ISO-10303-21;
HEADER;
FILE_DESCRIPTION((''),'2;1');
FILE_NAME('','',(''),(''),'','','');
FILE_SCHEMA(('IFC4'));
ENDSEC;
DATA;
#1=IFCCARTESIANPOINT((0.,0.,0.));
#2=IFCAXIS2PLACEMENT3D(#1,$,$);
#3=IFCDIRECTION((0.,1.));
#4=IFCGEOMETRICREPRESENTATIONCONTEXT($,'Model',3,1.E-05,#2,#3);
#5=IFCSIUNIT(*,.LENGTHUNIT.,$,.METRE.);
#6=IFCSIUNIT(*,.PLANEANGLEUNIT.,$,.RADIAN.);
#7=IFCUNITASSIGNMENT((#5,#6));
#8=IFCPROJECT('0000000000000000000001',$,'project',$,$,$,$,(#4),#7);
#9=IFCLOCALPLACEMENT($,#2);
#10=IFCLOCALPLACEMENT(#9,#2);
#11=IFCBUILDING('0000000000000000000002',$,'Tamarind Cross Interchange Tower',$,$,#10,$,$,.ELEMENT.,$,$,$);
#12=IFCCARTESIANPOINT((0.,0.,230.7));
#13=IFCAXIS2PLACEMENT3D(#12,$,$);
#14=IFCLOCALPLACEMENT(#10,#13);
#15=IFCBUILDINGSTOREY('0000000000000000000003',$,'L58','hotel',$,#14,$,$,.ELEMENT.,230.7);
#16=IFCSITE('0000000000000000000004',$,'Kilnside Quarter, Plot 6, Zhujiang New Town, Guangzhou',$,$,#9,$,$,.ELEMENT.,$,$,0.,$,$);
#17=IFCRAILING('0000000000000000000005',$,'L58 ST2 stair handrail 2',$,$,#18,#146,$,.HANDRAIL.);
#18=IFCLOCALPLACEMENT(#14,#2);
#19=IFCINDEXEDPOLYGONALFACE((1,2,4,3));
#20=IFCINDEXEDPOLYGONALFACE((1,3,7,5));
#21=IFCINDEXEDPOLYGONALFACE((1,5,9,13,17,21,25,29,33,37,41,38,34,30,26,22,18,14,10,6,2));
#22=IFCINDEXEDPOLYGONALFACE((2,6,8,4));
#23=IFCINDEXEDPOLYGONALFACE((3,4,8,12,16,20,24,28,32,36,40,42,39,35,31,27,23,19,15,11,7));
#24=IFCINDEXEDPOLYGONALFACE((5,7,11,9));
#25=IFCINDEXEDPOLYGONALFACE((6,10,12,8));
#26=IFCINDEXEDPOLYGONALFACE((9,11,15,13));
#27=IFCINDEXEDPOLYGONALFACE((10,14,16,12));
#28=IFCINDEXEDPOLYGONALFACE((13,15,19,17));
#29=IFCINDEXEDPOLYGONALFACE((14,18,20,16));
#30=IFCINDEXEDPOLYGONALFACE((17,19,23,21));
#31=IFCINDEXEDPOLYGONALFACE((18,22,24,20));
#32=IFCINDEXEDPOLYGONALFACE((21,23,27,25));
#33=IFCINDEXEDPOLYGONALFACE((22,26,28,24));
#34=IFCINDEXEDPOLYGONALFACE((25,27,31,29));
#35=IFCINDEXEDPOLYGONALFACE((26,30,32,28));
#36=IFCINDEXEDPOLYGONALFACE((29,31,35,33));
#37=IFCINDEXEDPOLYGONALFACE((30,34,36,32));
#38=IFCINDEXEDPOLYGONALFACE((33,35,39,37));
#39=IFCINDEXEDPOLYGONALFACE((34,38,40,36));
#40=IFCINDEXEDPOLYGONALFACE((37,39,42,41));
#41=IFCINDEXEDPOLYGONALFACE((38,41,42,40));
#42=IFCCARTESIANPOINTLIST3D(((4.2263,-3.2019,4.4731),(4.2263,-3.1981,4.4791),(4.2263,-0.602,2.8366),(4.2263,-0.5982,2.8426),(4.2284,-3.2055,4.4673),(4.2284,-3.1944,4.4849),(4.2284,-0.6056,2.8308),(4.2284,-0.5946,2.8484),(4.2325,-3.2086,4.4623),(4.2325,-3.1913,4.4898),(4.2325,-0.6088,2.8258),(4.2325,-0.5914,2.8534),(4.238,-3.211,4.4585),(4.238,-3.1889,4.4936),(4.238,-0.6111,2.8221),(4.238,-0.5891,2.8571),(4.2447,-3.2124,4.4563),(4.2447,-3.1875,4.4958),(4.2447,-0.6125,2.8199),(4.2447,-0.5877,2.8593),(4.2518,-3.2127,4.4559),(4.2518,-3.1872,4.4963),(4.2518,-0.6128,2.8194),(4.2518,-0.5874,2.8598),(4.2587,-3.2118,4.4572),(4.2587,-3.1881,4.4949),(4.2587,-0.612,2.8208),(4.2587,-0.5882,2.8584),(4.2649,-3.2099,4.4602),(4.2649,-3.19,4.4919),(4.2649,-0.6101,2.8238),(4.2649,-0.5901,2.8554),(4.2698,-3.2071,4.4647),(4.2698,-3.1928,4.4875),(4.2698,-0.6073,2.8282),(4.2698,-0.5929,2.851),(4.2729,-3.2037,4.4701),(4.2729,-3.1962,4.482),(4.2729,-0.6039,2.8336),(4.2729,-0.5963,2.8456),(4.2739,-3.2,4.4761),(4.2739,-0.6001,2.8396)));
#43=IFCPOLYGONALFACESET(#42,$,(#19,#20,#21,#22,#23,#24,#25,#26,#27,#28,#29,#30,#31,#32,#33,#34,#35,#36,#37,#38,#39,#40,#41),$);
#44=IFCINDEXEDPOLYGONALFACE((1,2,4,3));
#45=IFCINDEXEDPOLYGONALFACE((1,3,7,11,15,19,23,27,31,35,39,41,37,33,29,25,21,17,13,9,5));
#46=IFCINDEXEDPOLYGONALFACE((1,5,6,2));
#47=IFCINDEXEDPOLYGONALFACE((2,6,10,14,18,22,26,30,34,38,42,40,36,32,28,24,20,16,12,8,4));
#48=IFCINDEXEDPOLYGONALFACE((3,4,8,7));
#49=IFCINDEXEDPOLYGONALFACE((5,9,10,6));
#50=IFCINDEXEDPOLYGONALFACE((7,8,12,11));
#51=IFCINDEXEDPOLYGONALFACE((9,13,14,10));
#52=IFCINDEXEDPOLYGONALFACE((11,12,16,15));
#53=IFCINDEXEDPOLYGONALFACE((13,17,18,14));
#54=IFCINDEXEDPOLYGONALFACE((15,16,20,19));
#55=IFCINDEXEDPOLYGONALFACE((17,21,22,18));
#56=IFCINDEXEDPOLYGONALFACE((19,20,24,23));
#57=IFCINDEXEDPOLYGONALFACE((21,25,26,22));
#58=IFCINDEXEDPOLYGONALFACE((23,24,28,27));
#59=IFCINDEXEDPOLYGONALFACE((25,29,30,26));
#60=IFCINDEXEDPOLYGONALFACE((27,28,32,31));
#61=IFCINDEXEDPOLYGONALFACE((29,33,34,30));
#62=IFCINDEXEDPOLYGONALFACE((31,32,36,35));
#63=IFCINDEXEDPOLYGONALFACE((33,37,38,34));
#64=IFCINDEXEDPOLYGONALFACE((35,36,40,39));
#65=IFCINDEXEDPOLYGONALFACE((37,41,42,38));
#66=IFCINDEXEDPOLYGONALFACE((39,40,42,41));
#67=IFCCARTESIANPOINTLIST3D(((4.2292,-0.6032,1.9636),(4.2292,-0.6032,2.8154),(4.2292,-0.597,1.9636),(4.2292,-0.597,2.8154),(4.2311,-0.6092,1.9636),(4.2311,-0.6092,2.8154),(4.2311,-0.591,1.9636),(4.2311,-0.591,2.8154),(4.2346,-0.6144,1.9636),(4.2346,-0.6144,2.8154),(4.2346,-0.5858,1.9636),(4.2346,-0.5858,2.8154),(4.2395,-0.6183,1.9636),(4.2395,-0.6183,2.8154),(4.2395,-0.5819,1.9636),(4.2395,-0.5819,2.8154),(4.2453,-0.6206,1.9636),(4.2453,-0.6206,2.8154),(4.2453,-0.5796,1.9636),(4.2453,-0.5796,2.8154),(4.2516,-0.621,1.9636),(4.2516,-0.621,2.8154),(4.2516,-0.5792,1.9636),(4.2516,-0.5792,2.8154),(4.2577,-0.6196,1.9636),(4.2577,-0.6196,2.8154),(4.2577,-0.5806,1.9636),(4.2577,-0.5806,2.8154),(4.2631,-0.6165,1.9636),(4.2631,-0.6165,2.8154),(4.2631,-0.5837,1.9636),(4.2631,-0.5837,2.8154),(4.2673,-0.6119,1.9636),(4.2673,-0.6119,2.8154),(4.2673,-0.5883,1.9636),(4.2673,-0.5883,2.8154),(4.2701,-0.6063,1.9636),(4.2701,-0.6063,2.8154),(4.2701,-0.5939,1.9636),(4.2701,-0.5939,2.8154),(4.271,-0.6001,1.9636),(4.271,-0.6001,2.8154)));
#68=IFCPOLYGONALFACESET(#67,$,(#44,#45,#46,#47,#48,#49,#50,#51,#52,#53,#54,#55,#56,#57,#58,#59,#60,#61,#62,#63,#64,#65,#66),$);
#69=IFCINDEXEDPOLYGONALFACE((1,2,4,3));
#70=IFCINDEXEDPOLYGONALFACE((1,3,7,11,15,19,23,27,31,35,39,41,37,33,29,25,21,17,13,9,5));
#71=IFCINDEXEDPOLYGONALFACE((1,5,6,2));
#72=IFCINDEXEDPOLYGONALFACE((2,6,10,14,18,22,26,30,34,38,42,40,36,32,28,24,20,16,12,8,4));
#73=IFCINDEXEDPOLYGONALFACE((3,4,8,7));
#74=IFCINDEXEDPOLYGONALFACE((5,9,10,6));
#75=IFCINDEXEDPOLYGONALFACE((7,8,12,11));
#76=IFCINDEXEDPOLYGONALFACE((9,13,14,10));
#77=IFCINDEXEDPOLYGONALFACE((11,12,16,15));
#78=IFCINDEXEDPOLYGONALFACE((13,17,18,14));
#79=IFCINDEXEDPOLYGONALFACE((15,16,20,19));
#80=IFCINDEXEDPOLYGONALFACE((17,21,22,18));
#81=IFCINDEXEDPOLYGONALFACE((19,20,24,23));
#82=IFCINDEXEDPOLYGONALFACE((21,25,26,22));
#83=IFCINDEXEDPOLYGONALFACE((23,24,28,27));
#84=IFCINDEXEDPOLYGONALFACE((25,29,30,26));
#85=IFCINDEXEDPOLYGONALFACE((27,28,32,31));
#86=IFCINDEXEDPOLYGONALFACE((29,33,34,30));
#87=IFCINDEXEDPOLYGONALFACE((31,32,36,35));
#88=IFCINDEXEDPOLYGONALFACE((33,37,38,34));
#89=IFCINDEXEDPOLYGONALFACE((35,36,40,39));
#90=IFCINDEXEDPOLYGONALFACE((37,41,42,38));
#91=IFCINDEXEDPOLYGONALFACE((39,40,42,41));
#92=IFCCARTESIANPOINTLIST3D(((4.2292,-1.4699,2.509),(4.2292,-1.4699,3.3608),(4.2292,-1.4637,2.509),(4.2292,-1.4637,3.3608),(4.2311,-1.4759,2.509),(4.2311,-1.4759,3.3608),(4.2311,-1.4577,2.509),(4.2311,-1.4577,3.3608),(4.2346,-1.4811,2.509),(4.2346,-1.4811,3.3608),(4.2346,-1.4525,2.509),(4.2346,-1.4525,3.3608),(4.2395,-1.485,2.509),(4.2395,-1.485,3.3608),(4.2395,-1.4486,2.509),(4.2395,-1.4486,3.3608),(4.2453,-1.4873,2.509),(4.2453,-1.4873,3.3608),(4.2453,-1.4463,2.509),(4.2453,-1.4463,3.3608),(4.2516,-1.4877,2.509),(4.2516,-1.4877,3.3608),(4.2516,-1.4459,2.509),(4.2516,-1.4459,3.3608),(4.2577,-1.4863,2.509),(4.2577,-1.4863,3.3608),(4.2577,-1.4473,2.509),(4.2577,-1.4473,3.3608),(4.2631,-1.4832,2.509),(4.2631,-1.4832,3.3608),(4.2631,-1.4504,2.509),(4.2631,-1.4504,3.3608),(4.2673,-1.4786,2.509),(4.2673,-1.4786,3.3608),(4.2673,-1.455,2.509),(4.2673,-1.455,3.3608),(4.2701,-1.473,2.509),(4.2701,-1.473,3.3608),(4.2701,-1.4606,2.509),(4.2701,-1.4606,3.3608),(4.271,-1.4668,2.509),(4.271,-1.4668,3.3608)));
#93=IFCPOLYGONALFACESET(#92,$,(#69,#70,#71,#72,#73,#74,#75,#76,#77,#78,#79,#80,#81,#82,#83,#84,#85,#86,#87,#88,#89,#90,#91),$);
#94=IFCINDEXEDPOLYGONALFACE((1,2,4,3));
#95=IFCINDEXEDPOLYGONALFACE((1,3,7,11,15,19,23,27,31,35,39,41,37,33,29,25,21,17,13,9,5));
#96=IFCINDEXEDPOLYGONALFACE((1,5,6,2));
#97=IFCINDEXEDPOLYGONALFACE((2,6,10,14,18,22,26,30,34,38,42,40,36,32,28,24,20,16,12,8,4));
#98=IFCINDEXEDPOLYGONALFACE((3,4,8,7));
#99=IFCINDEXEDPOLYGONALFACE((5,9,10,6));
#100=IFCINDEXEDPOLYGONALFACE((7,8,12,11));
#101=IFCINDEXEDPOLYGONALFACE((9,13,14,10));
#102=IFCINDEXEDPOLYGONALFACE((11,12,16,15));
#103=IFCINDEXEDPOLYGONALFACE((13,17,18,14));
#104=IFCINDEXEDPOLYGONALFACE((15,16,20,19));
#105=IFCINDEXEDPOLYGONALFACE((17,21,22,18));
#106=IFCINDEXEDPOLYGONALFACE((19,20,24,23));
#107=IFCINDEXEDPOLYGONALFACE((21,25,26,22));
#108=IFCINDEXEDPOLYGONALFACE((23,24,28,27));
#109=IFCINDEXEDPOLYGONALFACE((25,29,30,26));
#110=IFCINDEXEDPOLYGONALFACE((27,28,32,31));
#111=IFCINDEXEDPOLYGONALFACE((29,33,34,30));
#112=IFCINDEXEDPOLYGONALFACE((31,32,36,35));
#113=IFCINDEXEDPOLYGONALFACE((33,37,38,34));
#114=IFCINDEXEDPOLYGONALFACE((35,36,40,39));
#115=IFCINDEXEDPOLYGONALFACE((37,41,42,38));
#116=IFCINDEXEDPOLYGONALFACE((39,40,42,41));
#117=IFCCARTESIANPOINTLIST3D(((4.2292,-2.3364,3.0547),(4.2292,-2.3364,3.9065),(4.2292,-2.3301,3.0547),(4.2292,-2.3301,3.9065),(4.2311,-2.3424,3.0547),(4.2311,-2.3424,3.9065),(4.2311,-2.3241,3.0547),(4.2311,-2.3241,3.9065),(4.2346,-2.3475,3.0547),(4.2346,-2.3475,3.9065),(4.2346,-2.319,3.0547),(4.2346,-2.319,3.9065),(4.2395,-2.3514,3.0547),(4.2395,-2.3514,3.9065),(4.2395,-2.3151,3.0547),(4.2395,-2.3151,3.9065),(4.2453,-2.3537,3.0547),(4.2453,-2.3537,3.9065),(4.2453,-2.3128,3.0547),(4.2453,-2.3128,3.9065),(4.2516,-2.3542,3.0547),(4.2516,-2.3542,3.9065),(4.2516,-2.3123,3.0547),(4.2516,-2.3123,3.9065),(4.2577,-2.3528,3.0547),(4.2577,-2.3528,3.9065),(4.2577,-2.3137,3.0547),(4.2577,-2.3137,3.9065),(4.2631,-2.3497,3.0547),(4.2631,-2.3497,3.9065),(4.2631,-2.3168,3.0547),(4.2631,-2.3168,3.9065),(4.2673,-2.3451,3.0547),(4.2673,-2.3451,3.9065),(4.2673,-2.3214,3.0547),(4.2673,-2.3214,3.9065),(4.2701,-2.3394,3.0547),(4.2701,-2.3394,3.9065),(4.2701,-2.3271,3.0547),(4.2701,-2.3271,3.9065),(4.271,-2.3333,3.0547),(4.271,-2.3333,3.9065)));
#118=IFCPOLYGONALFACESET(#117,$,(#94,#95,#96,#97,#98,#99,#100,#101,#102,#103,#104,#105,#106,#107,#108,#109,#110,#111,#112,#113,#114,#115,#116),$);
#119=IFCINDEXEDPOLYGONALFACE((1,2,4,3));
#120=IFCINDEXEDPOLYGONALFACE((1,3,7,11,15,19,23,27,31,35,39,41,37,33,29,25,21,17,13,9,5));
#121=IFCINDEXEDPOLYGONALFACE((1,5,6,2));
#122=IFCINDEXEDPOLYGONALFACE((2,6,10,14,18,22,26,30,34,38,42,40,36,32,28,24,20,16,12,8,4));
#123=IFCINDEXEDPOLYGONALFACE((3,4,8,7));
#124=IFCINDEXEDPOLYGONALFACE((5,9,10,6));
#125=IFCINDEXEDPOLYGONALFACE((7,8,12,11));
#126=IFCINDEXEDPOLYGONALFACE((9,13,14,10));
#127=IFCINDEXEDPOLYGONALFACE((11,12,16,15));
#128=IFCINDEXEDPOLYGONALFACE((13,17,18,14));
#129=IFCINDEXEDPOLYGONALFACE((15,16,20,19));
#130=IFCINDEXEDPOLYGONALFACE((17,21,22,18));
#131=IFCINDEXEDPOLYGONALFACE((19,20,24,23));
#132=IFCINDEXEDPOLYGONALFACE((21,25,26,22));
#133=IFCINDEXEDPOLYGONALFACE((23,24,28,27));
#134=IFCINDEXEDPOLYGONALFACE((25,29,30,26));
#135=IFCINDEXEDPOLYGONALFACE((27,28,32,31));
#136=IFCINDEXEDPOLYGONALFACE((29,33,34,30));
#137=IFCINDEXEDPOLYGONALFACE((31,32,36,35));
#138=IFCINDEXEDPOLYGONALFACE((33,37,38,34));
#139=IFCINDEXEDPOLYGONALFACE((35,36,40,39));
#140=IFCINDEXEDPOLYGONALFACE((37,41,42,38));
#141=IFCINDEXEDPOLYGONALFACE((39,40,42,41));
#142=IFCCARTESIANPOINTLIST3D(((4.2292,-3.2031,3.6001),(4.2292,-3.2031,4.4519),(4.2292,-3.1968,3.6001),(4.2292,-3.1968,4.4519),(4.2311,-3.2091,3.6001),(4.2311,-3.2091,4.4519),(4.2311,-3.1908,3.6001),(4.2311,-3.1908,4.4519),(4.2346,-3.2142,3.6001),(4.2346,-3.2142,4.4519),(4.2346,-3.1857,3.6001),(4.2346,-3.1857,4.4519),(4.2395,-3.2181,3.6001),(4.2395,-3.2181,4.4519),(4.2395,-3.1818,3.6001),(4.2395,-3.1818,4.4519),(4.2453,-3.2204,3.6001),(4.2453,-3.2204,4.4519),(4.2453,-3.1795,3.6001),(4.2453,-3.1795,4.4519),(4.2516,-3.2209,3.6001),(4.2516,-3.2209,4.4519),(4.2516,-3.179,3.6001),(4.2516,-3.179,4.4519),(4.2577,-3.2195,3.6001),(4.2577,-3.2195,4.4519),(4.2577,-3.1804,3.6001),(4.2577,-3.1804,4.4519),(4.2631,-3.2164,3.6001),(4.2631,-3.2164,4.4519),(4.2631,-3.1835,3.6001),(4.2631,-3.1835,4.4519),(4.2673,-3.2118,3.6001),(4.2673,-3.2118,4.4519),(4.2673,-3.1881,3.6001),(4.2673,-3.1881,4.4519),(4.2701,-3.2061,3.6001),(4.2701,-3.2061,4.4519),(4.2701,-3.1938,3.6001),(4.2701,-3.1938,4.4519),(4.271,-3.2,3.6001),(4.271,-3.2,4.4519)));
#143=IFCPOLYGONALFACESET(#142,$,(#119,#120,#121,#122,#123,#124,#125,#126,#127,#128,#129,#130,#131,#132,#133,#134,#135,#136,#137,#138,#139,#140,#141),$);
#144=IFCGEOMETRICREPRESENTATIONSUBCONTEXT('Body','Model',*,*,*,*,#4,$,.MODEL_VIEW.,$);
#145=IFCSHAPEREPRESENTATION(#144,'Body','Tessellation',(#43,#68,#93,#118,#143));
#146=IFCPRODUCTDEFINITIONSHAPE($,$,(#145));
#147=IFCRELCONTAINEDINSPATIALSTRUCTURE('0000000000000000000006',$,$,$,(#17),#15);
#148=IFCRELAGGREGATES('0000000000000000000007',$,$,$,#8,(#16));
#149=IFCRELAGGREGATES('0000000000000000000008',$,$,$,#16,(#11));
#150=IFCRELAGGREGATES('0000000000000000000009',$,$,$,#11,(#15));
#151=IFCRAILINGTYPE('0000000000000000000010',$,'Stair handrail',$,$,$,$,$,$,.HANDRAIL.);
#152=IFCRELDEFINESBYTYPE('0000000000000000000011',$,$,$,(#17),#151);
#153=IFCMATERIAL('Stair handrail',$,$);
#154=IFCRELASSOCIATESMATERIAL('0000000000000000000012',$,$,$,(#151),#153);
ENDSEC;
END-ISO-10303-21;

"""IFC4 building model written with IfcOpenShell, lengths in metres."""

from ifc_helpers import new_model, si_unit, direction, frame, origin, origin_2d, place, context, subcontext, project, spatial, circle, extrude, material, type_object, element, save


model = new_model("IFC4")

# Units and contexts
model_context = context("Model", 3, precision=1e-05, world=origin(), true_north=direction((0.0, 1.0)))
body_context = subcontext(model_context, "Body", "Model", "MODEL_VIEW")
ifc_project = project(units=[si_unit("LENGTHUNIT", "METRE"), si_unit("PLANEANGLEUNIT", "RADIAN")], contexts=[model_context])

# Site, building, storey
site_placement = place(None, origin())
site = spatial("IfcSite", under=ifc_project, at=site_placement, Name="Kilnside Quarter, Plot 6, Zhujiang New Town, Guangzhou", CompositionType="ELEMENT", RefElevation=0.0)
building_placement = place(site_placement, origin())
building = spatial("IfcBuilding", under=site, at=building_placement, Name="Tamarind Cross Interchange Tower", CompositionType="ELEMENT")
storey_placement = place(building_placement, frame((0.0, 0.0, 230.7)))
storey = spatial("IfcBuildingStorey", under=building, at=storey_placement, Name="L58", Description="hotel", CompositionType="ELEMENT", Elevation=230.7)

# Railing
ifc_material_1 = material(Name="Stair handrail")
railing_type_1 = type_object("IfcRailingType", Name="Stair handrail", PredefinedType="HANDRAIL", material=ifc_material_1)
railing_1_placement = place(storey_placement, frame((4.25, -0.6001, 1.9636)))
element("IfcRailing", 1, at=railing_1_placement, inside=storey, type_object=railing_type_1, Name="L58 ST2 stair handrail 2", PredefinedType="HANDRAIL", context=body_context, shape_type="SweptSolid", body=[
    extrude(circle(Radius=0.0239, at=origin_2d()), frame((0.0, 0.0, 0.876), z_axis=(0.0, -0.846302, 0.532704), x_axis=(1.0, 0.0, 0.0)), (0.0, 0.0, 1.0), 3.072),
    extrude(circle(Radius=0.021, at=origin_2d()), origin(), (0.0, 0.0, 1.0), 0.8518),
    extrude(circle(Radius=0.021, at=origin_2d()), frame((0.0, -0.8667, 0.5454)), (0.0, 0.0, 1.0), 0.8518),
    extrude(circle(Radius=0.021, at=origin_2d()), frame((0.0, -1.7332, 1.0911)), (0.0, 0.0, 1.0), 0.8518),
    extrude(circle(Radius=0.021, at=origin_2d()), frame((0.0, -2.5999, 1.6365)), (0.0, 0.0, 1.0), 0.8518),
])

save(model, "model.ifc")
